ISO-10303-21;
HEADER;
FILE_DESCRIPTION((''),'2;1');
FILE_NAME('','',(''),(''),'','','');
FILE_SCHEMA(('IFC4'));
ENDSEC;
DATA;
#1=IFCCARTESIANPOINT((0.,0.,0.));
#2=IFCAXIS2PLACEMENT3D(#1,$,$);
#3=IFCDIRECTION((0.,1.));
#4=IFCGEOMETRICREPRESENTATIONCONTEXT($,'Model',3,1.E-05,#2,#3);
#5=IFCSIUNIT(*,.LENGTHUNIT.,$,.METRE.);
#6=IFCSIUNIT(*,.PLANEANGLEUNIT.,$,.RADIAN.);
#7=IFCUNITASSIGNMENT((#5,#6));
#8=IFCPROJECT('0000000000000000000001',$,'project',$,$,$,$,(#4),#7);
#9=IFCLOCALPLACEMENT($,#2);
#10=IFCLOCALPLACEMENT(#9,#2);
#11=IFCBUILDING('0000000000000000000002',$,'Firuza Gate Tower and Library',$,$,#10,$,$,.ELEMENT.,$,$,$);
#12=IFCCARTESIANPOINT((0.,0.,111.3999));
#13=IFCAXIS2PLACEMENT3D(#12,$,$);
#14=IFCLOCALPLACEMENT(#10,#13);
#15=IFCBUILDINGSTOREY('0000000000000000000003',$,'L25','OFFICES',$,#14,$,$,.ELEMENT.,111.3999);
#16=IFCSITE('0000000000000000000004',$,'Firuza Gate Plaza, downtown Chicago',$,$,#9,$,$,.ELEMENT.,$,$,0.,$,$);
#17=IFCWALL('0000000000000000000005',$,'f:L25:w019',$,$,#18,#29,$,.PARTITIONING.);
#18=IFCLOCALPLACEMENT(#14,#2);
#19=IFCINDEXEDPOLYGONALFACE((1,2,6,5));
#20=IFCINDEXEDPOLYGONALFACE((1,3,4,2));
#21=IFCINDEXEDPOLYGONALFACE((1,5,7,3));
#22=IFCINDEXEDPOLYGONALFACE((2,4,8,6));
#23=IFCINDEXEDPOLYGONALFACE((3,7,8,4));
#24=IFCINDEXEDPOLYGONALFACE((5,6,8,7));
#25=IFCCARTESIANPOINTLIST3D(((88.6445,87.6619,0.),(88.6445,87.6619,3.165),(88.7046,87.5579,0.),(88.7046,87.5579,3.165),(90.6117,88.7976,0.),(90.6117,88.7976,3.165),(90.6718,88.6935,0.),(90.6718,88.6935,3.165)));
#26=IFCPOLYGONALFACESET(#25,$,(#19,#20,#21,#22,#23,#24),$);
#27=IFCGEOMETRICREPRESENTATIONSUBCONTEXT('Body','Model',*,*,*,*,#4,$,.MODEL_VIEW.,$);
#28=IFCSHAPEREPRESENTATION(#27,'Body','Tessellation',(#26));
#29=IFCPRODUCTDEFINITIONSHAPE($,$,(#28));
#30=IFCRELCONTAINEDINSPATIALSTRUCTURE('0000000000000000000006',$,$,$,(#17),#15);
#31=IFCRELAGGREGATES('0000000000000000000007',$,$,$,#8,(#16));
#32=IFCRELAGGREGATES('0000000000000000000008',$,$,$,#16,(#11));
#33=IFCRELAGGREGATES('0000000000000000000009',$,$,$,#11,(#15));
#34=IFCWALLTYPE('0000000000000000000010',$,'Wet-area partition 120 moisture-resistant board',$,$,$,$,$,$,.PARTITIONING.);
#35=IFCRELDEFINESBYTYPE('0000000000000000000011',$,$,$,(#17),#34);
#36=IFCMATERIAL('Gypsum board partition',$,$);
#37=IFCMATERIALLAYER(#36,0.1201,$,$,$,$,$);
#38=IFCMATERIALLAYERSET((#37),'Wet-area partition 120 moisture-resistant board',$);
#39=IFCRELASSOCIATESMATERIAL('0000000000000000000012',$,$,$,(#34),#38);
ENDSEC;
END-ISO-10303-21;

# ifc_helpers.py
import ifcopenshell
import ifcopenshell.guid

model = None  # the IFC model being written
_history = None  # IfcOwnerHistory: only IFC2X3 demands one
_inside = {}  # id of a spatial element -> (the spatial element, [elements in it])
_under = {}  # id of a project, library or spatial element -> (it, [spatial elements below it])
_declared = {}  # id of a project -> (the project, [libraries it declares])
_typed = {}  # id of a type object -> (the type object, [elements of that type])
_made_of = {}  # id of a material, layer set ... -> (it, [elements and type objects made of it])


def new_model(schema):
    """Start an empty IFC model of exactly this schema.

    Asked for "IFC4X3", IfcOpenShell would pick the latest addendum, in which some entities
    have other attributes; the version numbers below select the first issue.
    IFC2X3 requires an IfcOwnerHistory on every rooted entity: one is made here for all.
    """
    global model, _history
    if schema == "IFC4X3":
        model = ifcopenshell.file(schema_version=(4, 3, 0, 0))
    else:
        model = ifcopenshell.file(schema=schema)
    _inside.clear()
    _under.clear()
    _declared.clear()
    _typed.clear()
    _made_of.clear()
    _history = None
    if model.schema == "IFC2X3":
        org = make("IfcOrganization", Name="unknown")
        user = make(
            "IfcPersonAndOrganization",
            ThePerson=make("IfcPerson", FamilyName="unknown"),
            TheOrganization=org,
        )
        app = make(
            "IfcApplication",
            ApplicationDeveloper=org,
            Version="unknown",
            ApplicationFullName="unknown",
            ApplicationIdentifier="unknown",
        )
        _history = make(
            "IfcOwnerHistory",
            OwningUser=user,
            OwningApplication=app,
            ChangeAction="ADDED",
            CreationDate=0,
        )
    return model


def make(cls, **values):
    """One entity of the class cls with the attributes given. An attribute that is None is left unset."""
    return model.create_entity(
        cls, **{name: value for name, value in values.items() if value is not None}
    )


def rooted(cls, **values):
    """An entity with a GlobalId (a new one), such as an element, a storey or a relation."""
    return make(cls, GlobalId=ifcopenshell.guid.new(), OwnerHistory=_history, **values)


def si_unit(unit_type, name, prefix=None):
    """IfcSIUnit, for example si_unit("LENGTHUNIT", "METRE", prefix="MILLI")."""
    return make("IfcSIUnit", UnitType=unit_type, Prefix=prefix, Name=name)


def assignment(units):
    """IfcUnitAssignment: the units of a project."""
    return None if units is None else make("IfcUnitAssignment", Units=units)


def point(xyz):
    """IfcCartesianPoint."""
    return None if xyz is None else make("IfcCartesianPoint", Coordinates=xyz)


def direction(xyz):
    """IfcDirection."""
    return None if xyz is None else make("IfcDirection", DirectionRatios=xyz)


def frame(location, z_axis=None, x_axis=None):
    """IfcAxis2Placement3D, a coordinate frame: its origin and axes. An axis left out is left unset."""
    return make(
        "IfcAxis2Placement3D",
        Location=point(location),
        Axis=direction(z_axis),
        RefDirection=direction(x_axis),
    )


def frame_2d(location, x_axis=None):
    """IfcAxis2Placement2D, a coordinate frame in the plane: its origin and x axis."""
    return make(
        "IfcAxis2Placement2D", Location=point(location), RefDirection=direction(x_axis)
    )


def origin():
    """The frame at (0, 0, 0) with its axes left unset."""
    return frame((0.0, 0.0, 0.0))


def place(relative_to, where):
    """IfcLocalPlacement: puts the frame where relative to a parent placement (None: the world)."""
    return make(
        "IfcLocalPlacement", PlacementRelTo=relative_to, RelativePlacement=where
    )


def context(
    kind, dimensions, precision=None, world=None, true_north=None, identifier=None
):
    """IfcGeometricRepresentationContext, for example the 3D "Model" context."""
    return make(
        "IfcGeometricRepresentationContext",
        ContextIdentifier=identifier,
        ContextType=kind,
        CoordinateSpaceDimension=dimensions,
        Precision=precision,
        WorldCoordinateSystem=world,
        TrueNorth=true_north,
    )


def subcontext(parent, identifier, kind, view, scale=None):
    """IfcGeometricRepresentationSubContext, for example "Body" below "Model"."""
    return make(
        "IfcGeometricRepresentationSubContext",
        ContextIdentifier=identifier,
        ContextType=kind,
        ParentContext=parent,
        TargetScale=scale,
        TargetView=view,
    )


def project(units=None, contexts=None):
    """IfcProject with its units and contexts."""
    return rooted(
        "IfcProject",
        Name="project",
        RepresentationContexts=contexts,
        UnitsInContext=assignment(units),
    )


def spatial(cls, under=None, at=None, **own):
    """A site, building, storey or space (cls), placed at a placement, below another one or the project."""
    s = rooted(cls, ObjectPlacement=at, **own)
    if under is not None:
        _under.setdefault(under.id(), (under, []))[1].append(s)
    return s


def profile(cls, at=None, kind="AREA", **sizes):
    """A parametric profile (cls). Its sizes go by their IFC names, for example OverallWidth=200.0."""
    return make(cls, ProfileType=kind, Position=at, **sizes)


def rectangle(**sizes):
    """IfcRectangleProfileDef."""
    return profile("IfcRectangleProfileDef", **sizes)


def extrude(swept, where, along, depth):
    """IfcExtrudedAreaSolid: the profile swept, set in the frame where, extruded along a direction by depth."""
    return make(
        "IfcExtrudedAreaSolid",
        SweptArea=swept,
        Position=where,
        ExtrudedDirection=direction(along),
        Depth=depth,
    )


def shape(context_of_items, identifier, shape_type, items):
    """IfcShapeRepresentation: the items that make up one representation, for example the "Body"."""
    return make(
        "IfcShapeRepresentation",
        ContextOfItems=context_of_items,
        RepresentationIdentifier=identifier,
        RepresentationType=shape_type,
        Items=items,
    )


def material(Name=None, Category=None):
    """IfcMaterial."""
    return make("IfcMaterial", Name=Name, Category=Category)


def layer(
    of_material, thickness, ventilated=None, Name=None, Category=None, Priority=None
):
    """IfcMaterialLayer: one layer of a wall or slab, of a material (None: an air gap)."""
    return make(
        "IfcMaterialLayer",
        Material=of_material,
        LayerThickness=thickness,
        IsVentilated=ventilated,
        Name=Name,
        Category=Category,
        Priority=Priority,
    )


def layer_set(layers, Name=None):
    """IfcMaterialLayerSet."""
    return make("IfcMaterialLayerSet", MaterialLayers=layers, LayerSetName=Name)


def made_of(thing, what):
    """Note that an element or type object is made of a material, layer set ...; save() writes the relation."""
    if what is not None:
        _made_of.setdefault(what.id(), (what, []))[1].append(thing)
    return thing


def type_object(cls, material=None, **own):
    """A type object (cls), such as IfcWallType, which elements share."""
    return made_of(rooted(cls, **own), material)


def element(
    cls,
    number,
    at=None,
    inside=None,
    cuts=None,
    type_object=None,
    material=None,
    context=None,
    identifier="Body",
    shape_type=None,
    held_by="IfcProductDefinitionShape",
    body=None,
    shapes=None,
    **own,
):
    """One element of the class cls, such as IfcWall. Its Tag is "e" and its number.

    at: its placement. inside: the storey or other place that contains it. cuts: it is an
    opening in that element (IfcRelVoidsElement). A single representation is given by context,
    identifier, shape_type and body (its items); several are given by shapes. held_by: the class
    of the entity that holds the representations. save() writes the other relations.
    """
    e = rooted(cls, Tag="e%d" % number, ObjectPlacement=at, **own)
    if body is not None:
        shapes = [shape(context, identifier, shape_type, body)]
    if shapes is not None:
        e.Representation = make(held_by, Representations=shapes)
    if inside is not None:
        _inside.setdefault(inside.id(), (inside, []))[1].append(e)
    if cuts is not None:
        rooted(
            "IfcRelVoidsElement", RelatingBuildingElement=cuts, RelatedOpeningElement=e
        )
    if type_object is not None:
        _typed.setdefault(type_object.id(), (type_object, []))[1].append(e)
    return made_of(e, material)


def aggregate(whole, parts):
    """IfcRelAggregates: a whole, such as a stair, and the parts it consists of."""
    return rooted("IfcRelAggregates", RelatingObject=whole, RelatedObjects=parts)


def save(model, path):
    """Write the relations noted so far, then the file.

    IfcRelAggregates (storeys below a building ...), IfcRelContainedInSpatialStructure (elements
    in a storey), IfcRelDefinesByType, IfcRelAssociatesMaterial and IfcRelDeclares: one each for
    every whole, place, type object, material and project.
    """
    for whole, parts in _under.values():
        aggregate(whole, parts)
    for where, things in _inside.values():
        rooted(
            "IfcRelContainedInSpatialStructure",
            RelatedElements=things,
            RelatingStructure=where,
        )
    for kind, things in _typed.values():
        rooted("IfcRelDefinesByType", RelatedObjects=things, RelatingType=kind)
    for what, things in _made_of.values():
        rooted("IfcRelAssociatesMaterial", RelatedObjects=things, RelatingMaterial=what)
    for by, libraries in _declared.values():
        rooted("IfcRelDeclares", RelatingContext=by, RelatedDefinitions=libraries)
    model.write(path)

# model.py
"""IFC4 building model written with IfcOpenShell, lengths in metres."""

from ifc_helpers import new_model, si_unit, direction, frame, frame_2d, origin, place, context, subcontext, project, spatial, rectangle, extrude, material, layer, layer_set, type_object, element, save


model = new_model("IFC4")

# Units and contexts
model_context = context("Model", 3, precision=1e-05, world=origin(), true_north=direction((0.0, 1.0)))
body_context = subcontext(model_context, "Body", "Model", "MODEL_VIEW")
ifc_project = project(units=[si_unit("LENGTHUNIT", "METRE"), si_unit("PLANEANGLEUNIT", "RADIAN")], contexts=[model_context])

# Site, building, storey
site_placement = place(None, origin())
site = spatial("IfcSite", under=ifc_project, at=site_placement, Name="Firuza Gate Plaza, downtown Chicago", CompositionType="ELEMENT", RefElevation=0.0)
building_placement = place(site_placement, origin())
building = spatial("IfcBuilding", under=site, at=building_placement, Name="Firuza Gate Tower and Library", CompositionType="ELEMENT")
storey_placement = place(building_placement, frame((0.0, 0.0, 111.3999)))
storey = spatial("IfcBuildingStorey", under=building, at=storey_placement, Name="L25", Description="OFFICES", CompositionType="ELEMENT", Elevation=111.3999)

# Wall
ifc_material_1 = material(Name="Gypsum board partition")
ifc_layer_1 = layer(ifc_material_1, 0.1201)
ifc_layer_set_1 = layer_set([ifc_layer_1], Name="Wet-area partition 120 moisture-resistant board")
wall_type_1 = type_object("IfcWallType", Name="Wet-area partition 120 moisture-resistant board", PredefinedType="PARTITIONING", material=ifc_layer_set_1)
wall_1_placement = place(storey_placement, frame((88.6746, 87.6099, 0.0), z_axis=(0.0, 0.0, 1.0), x_axis=(0.866039, 0.499977, 0.0)))
element("IfcWall", 1, at=wall_1_placement, inside=storey, type_object=wall_type_1, Name="f:L25:w019", PredefinedType="PARTITIONING", context=body_context, shape_type="SweptSolid", body=[
    extrude(rectangle(XDim=2.2715, YDim=0.1201, at=frame_2d((1.1357, 0.0))), origin(), (0.0, 0.0, 1.0), 3.165),
])

save(model, "model.ifc")
